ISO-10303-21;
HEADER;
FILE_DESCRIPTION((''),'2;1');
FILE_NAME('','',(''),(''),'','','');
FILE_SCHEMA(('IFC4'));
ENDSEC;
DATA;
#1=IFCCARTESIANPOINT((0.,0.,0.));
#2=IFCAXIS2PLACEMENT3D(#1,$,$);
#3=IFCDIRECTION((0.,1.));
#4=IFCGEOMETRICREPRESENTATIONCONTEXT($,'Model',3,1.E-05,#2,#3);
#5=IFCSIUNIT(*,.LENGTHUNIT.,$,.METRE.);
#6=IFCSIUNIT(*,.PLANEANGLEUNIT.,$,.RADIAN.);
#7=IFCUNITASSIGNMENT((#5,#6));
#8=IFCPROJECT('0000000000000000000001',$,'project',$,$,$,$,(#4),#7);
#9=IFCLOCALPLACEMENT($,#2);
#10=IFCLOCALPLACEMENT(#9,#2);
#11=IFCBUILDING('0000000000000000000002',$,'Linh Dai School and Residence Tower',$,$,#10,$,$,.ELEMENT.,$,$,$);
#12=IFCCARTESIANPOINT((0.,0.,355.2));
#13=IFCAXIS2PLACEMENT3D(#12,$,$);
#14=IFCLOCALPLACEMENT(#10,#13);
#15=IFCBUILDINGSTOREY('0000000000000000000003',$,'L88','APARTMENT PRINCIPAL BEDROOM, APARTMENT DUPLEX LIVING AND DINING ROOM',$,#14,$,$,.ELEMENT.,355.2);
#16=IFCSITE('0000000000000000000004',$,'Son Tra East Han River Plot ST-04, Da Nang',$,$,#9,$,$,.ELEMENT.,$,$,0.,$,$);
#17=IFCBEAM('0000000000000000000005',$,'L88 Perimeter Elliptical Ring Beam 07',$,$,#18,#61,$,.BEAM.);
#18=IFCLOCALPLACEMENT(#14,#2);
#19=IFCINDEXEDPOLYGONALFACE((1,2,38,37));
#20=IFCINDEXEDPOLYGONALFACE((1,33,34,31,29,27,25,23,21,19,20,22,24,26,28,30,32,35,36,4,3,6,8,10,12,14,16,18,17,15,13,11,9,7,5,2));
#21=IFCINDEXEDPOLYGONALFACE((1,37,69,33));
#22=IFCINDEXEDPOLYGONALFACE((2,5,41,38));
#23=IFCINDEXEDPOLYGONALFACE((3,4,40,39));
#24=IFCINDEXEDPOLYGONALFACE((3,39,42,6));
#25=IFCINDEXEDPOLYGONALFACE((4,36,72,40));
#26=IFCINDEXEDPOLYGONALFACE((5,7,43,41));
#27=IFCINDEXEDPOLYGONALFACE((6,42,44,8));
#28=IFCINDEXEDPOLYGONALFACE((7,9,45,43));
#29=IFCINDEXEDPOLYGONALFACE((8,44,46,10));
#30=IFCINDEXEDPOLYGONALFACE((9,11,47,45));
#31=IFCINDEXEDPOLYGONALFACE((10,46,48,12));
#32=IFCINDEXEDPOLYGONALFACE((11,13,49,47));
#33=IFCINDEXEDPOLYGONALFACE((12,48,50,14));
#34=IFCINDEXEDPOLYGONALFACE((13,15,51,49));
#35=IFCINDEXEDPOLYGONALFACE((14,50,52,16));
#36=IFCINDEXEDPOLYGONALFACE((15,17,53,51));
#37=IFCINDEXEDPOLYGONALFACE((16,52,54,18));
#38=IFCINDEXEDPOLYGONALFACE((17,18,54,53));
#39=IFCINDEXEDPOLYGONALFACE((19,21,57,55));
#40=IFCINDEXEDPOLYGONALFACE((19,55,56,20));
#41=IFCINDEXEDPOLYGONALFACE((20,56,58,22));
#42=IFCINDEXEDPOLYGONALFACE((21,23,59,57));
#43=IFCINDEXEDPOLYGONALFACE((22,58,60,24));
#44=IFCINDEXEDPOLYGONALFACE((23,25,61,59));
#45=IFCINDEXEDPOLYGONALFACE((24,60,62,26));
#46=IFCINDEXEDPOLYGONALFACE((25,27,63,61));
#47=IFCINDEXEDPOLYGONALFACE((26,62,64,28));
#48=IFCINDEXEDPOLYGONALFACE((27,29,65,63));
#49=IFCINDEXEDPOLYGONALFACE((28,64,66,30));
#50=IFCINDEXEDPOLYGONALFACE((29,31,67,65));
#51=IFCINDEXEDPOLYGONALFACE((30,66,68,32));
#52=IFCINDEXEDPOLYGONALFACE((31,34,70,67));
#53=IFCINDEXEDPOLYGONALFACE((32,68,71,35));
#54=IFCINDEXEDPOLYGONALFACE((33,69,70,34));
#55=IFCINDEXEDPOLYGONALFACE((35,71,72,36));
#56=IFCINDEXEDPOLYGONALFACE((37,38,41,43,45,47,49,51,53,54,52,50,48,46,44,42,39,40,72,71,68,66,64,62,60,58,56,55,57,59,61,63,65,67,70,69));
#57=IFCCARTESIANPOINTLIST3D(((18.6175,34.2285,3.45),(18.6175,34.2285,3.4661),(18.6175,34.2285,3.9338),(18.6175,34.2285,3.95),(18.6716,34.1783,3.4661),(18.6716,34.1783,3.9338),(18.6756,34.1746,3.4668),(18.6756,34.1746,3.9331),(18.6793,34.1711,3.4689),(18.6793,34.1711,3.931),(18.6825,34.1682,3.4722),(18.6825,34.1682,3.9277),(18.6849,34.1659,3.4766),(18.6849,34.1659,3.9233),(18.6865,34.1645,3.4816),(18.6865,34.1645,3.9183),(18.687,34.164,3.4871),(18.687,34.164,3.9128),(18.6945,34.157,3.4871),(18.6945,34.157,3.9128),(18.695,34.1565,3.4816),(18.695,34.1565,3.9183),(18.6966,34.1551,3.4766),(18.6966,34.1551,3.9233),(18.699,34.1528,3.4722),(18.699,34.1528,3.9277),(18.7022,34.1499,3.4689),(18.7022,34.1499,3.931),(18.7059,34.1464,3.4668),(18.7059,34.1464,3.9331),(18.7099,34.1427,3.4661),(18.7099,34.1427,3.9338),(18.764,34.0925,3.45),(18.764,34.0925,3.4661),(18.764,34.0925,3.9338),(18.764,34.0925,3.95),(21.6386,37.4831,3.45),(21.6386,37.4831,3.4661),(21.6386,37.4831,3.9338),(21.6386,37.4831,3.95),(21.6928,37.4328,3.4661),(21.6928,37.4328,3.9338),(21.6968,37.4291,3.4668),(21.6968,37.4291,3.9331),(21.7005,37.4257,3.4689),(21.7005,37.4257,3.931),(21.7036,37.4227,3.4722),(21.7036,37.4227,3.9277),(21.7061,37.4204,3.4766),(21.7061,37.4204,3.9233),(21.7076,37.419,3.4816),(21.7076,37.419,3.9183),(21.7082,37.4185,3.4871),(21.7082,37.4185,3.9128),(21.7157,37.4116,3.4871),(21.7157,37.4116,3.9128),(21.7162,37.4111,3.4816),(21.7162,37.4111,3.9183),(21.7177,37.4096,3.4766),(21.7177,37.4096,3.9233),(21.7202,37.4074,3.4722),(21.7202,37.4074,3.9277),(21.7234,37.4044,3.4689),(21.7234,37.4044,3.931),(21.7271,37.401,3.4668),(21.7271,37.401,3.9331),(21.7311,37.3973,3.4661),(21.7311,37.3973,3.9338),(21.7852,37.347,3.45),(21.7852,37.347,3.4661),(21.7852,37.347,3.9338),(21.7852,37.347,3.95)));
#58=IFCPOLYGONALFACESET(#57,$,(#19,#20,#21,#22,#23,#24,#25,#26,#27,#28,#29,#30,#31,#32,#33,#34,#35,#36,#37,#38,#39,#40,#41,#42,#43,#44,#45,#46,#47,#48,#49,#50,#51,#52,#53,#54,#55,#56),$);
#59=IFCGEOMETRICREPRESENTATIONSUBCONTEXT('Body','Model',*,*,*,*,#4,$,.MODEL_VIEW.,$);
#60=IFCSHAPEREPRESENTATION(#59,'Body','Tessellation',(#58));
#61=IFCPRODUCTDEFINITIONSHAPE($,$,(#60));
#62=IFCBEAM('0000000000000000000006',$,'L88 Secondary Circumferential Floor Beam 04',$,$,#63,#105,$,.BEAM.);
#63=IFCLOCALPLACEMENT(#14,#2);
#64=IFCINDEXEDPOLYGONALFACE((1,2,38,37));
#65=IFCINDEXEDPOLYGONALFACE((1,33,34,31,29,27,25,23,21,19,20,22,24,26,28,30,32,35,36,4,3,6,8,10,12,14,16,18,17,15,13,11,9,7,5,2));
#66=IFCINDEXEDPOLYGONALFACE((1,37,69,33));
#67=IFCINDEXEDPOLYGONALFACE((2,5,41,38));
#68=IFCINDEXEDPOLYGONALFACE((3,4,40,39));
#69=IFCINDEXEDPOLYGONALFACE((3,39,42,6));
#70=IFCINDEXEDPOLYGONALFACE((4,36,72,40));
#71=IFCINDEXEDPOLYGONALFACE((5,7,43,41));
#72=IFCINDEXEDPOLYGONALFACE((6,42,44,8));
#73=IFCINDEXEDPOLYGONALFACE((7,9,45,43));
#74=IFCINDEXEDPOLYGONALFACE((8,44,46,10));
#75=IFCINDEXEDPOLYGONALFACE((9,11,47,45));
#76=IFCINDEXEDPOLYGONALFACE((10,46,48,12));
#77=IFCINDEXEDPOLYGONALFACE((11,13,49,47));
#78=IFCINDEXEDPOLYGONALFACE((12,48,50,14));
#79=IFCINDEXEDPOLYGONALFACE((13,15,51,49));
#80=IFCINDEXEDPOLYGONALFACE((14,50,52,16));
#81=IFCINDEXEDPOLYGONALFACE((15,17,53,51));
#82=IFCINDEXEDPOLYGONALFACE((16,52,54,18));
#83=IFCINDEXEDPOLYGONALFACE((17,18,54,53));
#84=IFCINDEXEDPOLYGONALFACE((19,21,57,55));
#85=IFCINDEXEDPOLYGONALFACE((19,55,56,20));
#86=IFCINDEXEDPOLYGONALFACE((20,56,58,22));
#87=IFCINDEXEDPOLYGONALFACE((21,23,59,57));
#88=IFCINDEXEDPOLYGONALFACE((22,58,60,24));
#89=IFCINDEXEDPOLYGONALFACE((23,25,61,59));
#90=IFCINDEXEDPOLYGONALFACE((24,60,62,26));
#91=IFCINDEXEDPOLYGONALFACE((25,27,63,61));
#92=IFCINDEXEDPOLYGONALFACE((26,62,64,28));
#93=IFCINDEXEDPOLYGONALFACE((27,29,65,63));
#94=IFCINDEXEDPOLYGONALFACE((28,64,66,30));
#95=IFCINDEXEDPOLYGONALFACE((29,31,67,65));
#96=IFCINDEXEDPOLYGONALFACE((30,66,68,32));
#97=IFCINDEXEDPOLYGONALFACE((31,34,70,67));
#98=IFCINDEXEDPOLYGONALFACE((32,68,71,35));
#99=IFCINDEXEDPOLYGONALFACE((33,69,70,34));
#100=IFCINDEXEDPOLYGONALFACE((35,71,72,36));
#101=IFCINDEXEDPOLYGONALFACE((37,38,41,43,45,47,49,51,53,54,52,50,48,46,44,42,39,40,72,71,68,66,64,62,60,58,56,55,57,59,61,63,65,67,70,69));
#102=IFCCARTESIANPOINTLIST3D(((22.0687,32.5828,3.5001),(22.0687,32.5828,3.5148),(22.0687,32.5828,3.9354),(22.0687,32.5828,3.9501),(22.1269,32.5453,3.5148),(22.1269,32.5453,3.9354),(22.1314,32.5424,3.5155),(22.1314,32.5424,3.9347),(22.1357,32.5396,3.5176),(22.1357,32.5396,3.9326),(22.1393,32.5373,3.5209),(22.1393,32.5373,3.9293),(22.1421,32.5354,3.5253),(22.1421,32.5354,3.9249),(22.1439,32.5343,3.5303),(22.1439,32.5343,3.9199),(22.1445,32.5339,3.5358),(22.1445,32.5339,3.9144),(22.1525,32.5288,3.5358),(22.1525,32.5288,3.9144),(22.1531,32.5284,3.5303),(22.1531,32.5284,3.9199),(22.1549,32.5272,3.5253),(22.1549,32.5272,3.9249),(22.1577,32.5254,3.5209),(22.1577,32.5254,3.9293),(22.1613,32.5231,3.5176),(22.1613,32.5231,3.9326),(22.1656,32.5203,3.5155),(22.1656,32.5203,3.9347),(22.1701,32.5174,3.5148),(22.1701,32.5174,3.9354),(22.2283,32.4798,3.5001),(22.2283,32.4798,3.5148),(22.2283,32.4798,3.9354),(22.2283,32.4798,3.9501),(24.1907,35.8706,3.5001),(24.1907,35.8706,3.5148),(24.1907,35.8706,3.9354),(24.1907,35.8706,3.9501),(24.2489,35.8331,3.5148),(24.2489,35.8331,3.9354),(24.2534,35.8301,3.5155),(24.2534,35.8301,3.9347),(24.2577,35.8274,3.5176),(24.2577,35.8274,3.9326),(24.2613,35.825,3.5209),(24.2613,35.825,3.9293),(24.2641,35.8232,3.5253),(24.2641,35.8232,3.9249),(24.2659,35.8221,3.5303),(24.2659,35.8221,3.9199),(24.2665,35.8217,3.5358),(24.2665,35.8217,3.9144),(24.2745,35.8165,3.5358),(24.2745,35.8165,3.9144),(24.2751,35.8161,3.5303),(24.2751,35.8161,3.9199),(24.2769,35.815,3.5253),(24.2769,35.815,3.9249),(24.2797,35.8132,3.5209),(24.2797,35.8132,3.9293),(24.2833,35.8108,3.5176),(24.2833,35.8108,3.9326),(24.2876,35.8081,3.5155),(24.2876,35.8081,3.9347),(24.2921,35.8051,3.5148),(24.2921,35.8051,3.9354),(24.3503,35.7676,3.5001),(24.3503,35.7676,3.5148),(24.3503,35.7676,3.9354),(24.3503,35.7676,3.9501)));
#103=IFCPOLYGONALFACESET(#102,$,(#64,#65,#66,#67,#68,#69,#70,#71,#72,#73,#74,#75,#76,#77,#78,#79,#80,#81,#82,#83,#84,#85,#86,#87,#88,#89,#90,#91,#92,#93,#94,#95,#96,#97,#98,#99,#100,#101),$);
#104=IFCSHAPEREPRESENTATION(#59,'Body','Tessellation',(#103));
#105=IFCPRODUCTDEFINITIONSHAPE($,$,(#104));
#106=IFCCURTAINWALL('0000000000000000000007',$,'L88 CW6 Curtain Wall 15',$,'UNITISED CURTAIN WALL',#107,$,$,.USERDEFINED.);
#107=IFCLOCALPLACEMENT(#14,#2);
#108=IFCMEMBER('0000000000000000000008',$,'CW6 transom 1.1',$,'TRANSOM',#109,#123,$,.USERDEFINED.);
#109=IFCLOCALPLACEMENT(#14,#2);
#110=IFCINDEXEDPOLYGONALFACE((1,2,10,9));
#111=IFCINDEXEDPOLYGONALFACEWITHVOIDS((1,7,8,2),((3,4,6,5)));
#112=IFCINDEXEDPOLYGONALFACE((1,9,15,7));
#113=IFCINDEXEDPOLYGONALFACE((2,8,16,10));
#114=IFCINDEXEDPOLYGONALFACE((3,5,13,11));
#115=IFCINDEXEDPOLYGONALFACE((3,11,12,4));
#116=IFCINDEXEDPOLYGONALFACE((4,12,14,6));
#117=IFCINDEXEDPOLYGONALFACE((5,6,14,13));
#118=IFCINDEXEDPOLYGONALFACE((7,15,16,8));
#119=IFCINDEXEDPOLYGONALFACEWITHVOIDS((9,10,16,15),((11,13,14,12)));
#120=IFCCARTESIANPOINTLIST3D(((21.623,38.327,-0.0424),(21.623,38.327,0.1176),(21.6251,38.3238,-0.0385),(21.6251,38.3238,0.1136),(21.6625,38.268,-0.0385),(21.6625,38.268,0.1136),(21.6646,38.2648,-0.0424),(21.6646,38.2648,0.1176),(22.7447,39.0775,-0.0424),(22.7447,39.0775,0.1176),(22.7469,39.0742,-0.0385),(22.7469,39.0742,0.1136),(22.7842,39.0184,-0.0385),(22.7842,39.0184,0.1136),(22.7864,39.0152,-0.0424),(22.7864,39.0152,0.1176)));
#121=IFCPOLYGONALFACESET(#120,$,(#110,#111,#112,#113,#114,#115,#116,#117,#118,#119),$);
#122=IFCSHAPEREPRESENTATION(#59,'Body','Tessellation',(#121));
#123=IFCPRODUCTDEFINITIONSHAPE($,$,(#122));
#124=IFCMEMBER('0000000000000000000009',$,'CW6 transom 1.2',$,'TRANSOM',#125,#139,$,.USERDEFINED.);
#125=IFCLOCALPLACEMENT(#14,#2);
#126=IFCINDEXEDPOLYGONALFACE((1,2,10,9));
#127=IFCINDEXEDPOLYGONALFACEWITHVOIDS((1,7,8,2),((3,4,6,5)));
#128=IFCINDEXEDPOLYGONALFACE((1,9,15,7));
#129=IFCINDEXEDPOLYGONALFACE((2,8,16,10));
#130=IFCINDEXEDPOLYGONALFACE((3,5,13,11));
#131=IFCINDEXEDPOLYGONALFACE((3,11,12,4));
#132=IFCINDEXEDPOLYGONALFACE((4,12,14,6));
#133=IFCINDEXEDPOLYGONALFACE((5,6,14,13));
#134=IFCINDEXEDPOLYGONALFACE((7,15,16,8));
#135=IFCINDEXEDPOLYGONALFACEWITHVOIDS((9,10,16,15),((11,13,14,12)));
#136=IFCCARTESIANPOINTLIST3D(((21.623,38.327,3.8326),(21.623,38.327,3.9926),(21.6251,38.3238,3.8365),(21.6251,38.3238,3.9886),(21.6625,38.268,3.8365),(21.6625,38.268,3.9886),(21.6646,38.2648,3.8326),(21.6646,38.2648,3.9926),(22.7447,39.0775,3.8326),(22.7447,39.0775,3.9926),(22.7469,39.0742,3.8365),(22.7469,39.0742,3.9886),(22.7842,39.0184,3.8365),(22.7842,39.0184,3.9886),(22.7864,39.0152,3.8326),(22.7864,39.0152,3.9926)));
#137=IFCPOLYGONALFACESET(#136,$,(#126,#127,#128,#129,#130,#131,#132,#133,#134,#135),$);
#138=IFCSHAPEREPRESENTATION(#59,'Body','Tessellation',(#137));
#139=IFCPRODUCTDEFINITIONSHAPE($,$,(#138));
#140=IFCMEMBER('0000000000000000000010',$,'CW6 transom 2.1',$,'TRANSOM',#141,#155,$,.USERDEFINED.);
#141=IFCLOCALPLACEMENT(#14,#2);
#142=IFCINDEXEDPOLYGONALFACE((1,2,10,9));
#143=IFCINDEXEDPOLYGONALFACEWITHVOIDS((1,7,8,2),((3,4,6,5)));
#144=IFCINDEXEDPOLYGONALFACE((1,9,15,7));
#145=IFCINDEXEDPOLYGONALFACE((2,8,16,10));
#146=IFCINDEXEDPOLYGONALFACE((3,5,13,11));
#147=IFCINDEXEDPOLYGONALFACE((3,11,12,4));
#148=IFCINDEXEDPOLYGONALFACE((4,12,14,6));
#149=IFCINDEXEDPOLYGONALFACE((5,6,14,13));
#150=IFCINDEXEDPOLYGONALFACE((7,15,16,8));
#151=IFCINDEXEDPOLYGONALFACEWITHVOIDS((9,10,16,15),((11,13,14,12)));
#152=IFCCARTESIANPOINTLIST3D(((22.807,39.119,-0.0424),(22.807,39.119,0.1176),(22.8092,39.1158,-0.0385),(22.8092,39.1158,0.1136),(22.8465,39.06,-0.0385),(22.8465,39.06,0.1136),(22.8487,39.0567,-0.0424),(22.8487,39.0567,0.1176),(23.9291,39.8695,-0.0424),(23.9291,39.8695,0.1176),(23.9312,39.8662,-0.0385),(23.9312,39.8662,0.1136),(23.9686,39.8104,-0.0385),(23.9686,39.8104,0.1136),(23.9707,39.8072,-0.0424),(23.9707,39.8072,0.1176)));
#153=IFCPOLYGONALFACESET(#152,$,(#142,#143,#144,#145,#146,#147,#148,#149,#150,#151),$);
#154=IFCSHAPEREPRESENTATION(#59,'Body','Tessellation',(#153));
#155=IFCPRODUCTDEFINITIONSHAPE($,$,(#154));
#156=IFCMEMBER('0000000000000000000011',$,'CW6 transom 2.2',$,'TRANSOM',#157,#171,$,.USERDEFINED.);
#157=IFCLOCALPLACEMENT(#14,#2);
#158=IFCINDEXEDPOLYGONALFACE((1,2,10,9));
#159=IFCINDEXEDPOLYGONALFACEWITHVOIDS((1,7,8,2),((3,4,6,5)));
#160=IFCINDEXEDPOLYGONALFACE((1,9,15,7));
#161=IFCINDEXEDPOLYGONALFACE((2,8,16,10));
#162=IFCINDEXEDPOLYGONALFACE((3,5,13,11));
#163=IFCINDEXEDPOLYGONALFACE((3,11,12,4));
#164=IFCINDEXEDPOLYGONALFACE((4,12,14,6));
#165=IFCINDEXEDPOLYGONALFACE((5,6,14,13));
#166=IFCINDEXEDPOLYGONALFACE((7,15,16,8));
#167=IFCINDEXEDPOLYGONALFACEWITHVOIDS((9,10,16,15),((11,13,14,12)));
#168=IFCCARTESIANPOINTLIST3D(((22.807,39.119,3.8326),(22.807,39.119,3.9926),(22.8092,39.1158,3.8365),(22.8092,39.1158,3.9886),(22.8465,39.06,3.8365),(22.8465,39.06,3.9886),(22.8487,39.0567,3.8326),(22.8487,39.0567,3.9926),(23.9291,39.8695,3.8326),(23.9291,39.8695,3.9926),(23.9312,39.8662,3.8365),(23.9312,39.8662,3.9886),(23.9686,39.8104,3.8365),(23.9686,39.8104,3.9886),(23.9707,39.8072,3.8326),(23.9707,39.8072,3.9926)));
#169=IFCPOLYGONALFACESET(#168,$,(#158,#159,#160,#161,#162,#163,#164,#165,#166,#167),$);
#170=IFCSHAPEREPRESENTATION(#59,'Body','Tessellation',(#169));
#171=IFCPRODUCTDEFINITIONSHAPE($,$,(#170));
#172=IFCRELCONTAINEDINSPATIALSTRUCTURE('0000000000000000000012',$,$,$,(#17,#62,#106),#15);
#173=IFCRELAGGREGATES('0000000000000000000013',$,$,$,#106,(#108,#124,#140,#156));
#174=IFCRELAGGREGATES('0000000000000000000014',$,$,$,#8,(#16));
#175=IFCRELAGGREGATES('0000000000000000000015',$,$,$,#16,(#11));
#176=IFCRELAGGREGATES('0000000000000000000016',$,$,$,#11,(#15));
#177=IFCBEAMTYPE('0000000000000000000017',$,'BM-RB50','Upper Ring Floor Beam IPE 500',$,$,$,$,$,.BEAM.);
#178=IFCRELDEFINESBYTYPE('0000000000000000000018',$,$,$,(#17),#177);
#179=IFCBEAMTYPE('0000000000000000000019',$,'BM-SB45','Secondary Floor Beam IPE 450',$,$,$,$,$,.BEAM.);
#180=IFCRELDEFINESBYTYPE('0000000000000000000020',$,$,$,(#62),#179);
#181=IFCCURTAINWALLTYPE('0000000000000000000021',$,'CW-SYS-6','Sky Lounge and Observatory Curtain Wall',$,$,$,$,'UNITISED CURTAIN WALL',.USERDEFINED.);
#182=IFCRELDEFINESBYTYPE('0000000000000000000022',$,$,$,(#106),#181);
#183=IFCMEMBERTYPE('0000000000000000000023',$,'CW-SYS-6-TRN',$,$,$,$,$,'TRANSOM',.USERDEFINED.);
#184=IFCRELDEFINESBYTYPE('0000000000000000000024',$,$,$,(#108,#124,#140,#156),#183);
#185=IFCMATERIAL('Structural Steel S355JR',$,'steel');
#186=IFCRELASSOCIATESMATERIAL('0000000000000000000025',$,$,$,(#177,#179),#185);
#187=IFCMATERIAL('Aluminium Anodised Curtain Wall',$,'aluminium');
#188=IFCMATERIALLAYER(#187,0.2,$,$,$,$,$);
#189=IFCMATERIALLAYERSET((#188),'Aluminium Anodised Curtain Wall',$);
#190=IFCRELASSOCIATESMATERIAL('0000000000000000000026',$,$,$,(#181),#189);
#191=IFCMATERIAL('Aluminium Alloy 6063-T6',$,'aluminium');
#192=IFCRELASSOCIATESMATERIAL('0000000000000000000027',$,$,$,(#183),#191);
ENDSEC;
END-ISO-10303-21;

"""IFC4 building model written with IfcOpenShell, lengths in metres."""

from ifc_helpers import new_model, si_unit, direction, frame, origin, origin_2d, place, context, subcontext, project, spatial, hollow_rectangle, i_section, extrude, source, transform, mapped, material, layer, layer_set, material_profile, profile_set, type_object, element, aggregate, save


model = new_model("IFC4")

# Units and contexts
model_context = context("Model", 3, precision=1e-05, world=origin(), true_north=direction((0.0, 1.0)))
body_context = subcontext(model_context, "Body", "Model", "MODEL_VIEW")
ifc_project = project(units=[si_unit("LENGTHUNIT", "METRE"), si_unit("PLANEANGLEUNIT", "RADIAN")], contexts=[model_context])

# Site, building, storey
site_placement = place(None, origin())
site = spatial("IfcSite", under=ifc_project, at=site_placement, Name="Son Tra East Han River Plot ST-04, Da Nang", CompositionType="ELEMENT", RefElevation=0.0)
building_placement = place(site_placement, origin())
building = spatial("IfcBuilding", under=site, at=building_placement, Name="Linh Dai School and Residence Tower", CompositionType="ELEMENT")
storey_placement = place(building_placement, frame((0.0, 0.0, 355.2)))
storey = spatial("IfcBuildingStorey", under=building, at=storey_placement, Name="L88", Description="APARTMENT PRINCIPAL BEDROOM, APARTMENT DUPLEX LIVING AND DINING ROOM", CompositionType="ELEMENT", Elevation=355.2)

# Shared definitions
ifc_material_1 = material(Name="Structural Steel S355JR", Category="steel")

# Beams
ifc_material_profile_1 = material_profile(ifc_material_1, i_section(OverallWidth=0.2, OverallDepth=0.5, WebThickness=0.0103, FlangeThickness=0.0161, FilletRadius=0.021, at=origin_2d()), Name="IPE 500")
ifc_profile_set_1 = profile_set([ifc_material_profile_1], Name="Structural Steel S355JR")
beam_type_1 = type_object("IfcBeamType", Name="BM-RB50", Description="Upper Ring Floor Beam IPE 500", PredefinedType="BEAM", material=ifc_profile_set_1)
beam_1_placement = place(storey_placement, frame((21.7119, 37.415, 3.7), z_axis=(-0.680339, -0.732897, 0.0), x_axis=(0.732897, -0.680339, 0.0)))
element("IfcBeam", 1, at=beam_1_placement, inside=storey, type_object=beam_type_1, Name="L88 Perimeter Elliptical Ring Beam 07", PredefinedType="BEAM", context=body_context, shape_type="SweptSolid", body=[
    extrude(i_section(OverallWidth=0.2, OverallDepth=0.5, WebThickness=0.0103, FlangeThickness=0.0161, FilletRadius=0.021, at=origin_2d()), origin(), (0.0, 0.0, 1.0), 4.4407),
])
ifc_material_profile_2 = material_profile(ifc_material_1, i_section(OverallWidth=0.1899, OverallDepth=0.45, WebThickness=0.0095, FlangeThickness=0.0146, FilletRadius=0.021, at=origin_2d()), Name="IPE 450")
ifc_profile_set_2 = profile_set([ifc_material_profile_2], Name="Structural Steel S355JR")
beam_type_2 = type_object("IfcBeamType", Name="BM-SB45", Description="Secondary Floor Beam IPE 450", PredefinedType="BEAM", material=ifc_profile_set_2)
beam_2_placement = place(storey_placement, frame((24.2705, 35.8191, 3.7251), z_axis=(-0.542286, -0.840194, 0.0), x_axis=(0.840194, -0.542286, 0.0)))
element("IfcBeam", 2, at=beam_2_placement, inside=storey, type_object=beam_type_2, Name="L88 Secondary Circumferential Floor Beam 04", PredefinedType="BEAM", context=body_context, shape_type="SweptSolid", body=[
    extrude(i_section(OverallWidth=0.1899, OverallDepth=0.45, WebThickness=0.0095, FlangeThickness=0.0146, FilletRadius=0.021, at=origin_2d()), origin(), (0.0, 0.0, 1.0), 3.9131),
])

# Curtain wall, members
ifc_material_2 = material(Name="Aluminium Anodised Curtain Wall", Category="aluminium")
ifc_layer_1 = layer(ifc_material_2, 0.2)
ifc_layer_set_1 = layer_set([ifc_layer_1], Name="Aluminium Anodised Curtain Wall")
curtain_wall_type = type_object("IfcCurtainWallType", Name="CW-SYS-6", Description="Sky Lounge and Observatory Curtain Wall", ElementType="UNITISED CURTAIN WALL", PredefinedType="USERDEFINED", material=ifc_layer_set_1)
curtain_wall_placement = place(storey_placement, origin())
curtain_wall = element("IfcCurtainWall", 3, at=curtain_wall_placement, inside=storey, type_object=curtain_wall_type, Name="L88 CW6 Curtain Wall 15", ObjectType="UNITISED CURTAIN WALL", PredefinedType="USERDEFINED")
ifc_material_3 = material(Name="Aluminium Alloy 6063-T6", Category="aluminium")
ifc_material_profile_3 = material_profile(ifc_material_3, hollow_rectangle(XDim=0.075, YDim=0.1599, WallThickness=0.0039, at=origin_2d()), Name="RHS 160x75x4")
ifc_profile_set_3 = profile_set([ifc_material_profile_3], Name="Aluminium Alloy 6063-T6")
member_type_1 = type_object("IfcMemberType", Name="CW-SYS-6-TRN", ElementType="TRANSOM", PredefinedType="USERDEFINED", material=ifc_profile_set_3)
shared_shape_1 = source(origin(), body_context, "Body", "SweptSolid", [
    extrude(hollow_rectangle(XDim=0.075, YDim=0.1599, WallThickness=0.0039, at=origin_2d()), origin(), (0.0, 0.0, 1.0), 1.3496),
])
member_1_placement = place(storey_placement, frame((21.6438, 38.2959, 0.0376), z_axis=(0.831159, 0.556035, 0.0), x_axis=(-0.556035, 0.831159, 0.0)))
member_1 = element("IfcMember", 4, at=member_1_placement, type_object=member_type_1, Name="CW6 transom 1.1", ObjectType="TRANSOM", PredefinedType="USERDEFINED", context=body_context, shape_type="MappedRepresentation", body=[
    mapped(shared_shape_1, transform((0.0, 0.0, 0.0), x_axis=(1.0, 0.0, 0.0), y_axis=(0.0, 1.0, 0.0), z_axis=(0.0, 0.0, 1.0), scale=1.0)),
])
member_2_placement = place(storey_placement, frame((21.6438, 38.2959, 3.9126), z_axis=(0.831159, 0.556035, 0.0), x_axis=(-0.556035, 0.831159, 0.0)))
member_2 = element("IfcMember", 5, at=member_2_placement, type_object=member_type_1, Name="CW6 transom 1.2", ObjectType="TRANSOM", PredefinedType="USERDEFINED", context=body_context, shape_type="MappedRepresentation", body=[
    mapped(shared_shape_1, transform((0.0, 0.0, 0.0), x_axis=(1.0, 0.0, 0.0), y_axis=(0.0, 1.0, 0.0), z_axis=(0.0, 0.0, 1.0), scale=1.0)),
])
shared_shape_2 = source(origin(), body_context, "Body", "SweptSolid", [
    extrude(hollow_rectangle(XDim=0.075, YDim=0.1599, WallThickness=0.0039, at=origin_2d()), origin(), (0.0, 0.0, 1.0), 1.3499),
])
member_3_placement = place(storey_placement, frame((22.8279, 39.0879, 0.0376), z_axis=(0.831215, 0.555952, 0.0), x_axis=(-0.555952, 0.831215, 0.0)))
member_3 = element("IfcMember", 6, at=member_3_placement, type_object=member_type_1, Name="CW6 transom 2.1", ObjectType="TRANSOM", PredefinedType="USERDEFINED", context=body_context, shape_type="MappedRepresentation", body=[
    mapped(shared_shape_2, transform((0.0, 0.0, 0.0), x_axis=(1.0, 0.0, 0.0), y_axis=(0.0, 1.0, 0.0), z_axis=(0.0, 0.0, 1.0), scale=1.0)),
])
member_4_placement = place(storey_placement, frame((22.8279, 39.0879, 3.9126), z_axis=(0.831215, 0.555952, 0.0), x_axis=(-0.555952, 0.831215, 0.0)))
member_4 = element("IfcMember", 7, at=member_4_placement, type_object=member_type_1, Name="CW6 transom 2.2", ObjectType="TRANSOM", PredefinedType="USERDEFINED", context=body_context, shape_type="MappedRepresentation", body=[
    mapped(shared_shape_2, transform((0.0, 0.0, 0.0), x_axis=(1.0, 0.0, 0.0), y_axis=(0.0, 1.0, 0.0), z_axis=(0.0, 0.0, 1.0), scale=1.0)),
])
aggregate(curtain_wall, [member_1, member_2, member_3, member_4])

save(model, "model.ifc")
